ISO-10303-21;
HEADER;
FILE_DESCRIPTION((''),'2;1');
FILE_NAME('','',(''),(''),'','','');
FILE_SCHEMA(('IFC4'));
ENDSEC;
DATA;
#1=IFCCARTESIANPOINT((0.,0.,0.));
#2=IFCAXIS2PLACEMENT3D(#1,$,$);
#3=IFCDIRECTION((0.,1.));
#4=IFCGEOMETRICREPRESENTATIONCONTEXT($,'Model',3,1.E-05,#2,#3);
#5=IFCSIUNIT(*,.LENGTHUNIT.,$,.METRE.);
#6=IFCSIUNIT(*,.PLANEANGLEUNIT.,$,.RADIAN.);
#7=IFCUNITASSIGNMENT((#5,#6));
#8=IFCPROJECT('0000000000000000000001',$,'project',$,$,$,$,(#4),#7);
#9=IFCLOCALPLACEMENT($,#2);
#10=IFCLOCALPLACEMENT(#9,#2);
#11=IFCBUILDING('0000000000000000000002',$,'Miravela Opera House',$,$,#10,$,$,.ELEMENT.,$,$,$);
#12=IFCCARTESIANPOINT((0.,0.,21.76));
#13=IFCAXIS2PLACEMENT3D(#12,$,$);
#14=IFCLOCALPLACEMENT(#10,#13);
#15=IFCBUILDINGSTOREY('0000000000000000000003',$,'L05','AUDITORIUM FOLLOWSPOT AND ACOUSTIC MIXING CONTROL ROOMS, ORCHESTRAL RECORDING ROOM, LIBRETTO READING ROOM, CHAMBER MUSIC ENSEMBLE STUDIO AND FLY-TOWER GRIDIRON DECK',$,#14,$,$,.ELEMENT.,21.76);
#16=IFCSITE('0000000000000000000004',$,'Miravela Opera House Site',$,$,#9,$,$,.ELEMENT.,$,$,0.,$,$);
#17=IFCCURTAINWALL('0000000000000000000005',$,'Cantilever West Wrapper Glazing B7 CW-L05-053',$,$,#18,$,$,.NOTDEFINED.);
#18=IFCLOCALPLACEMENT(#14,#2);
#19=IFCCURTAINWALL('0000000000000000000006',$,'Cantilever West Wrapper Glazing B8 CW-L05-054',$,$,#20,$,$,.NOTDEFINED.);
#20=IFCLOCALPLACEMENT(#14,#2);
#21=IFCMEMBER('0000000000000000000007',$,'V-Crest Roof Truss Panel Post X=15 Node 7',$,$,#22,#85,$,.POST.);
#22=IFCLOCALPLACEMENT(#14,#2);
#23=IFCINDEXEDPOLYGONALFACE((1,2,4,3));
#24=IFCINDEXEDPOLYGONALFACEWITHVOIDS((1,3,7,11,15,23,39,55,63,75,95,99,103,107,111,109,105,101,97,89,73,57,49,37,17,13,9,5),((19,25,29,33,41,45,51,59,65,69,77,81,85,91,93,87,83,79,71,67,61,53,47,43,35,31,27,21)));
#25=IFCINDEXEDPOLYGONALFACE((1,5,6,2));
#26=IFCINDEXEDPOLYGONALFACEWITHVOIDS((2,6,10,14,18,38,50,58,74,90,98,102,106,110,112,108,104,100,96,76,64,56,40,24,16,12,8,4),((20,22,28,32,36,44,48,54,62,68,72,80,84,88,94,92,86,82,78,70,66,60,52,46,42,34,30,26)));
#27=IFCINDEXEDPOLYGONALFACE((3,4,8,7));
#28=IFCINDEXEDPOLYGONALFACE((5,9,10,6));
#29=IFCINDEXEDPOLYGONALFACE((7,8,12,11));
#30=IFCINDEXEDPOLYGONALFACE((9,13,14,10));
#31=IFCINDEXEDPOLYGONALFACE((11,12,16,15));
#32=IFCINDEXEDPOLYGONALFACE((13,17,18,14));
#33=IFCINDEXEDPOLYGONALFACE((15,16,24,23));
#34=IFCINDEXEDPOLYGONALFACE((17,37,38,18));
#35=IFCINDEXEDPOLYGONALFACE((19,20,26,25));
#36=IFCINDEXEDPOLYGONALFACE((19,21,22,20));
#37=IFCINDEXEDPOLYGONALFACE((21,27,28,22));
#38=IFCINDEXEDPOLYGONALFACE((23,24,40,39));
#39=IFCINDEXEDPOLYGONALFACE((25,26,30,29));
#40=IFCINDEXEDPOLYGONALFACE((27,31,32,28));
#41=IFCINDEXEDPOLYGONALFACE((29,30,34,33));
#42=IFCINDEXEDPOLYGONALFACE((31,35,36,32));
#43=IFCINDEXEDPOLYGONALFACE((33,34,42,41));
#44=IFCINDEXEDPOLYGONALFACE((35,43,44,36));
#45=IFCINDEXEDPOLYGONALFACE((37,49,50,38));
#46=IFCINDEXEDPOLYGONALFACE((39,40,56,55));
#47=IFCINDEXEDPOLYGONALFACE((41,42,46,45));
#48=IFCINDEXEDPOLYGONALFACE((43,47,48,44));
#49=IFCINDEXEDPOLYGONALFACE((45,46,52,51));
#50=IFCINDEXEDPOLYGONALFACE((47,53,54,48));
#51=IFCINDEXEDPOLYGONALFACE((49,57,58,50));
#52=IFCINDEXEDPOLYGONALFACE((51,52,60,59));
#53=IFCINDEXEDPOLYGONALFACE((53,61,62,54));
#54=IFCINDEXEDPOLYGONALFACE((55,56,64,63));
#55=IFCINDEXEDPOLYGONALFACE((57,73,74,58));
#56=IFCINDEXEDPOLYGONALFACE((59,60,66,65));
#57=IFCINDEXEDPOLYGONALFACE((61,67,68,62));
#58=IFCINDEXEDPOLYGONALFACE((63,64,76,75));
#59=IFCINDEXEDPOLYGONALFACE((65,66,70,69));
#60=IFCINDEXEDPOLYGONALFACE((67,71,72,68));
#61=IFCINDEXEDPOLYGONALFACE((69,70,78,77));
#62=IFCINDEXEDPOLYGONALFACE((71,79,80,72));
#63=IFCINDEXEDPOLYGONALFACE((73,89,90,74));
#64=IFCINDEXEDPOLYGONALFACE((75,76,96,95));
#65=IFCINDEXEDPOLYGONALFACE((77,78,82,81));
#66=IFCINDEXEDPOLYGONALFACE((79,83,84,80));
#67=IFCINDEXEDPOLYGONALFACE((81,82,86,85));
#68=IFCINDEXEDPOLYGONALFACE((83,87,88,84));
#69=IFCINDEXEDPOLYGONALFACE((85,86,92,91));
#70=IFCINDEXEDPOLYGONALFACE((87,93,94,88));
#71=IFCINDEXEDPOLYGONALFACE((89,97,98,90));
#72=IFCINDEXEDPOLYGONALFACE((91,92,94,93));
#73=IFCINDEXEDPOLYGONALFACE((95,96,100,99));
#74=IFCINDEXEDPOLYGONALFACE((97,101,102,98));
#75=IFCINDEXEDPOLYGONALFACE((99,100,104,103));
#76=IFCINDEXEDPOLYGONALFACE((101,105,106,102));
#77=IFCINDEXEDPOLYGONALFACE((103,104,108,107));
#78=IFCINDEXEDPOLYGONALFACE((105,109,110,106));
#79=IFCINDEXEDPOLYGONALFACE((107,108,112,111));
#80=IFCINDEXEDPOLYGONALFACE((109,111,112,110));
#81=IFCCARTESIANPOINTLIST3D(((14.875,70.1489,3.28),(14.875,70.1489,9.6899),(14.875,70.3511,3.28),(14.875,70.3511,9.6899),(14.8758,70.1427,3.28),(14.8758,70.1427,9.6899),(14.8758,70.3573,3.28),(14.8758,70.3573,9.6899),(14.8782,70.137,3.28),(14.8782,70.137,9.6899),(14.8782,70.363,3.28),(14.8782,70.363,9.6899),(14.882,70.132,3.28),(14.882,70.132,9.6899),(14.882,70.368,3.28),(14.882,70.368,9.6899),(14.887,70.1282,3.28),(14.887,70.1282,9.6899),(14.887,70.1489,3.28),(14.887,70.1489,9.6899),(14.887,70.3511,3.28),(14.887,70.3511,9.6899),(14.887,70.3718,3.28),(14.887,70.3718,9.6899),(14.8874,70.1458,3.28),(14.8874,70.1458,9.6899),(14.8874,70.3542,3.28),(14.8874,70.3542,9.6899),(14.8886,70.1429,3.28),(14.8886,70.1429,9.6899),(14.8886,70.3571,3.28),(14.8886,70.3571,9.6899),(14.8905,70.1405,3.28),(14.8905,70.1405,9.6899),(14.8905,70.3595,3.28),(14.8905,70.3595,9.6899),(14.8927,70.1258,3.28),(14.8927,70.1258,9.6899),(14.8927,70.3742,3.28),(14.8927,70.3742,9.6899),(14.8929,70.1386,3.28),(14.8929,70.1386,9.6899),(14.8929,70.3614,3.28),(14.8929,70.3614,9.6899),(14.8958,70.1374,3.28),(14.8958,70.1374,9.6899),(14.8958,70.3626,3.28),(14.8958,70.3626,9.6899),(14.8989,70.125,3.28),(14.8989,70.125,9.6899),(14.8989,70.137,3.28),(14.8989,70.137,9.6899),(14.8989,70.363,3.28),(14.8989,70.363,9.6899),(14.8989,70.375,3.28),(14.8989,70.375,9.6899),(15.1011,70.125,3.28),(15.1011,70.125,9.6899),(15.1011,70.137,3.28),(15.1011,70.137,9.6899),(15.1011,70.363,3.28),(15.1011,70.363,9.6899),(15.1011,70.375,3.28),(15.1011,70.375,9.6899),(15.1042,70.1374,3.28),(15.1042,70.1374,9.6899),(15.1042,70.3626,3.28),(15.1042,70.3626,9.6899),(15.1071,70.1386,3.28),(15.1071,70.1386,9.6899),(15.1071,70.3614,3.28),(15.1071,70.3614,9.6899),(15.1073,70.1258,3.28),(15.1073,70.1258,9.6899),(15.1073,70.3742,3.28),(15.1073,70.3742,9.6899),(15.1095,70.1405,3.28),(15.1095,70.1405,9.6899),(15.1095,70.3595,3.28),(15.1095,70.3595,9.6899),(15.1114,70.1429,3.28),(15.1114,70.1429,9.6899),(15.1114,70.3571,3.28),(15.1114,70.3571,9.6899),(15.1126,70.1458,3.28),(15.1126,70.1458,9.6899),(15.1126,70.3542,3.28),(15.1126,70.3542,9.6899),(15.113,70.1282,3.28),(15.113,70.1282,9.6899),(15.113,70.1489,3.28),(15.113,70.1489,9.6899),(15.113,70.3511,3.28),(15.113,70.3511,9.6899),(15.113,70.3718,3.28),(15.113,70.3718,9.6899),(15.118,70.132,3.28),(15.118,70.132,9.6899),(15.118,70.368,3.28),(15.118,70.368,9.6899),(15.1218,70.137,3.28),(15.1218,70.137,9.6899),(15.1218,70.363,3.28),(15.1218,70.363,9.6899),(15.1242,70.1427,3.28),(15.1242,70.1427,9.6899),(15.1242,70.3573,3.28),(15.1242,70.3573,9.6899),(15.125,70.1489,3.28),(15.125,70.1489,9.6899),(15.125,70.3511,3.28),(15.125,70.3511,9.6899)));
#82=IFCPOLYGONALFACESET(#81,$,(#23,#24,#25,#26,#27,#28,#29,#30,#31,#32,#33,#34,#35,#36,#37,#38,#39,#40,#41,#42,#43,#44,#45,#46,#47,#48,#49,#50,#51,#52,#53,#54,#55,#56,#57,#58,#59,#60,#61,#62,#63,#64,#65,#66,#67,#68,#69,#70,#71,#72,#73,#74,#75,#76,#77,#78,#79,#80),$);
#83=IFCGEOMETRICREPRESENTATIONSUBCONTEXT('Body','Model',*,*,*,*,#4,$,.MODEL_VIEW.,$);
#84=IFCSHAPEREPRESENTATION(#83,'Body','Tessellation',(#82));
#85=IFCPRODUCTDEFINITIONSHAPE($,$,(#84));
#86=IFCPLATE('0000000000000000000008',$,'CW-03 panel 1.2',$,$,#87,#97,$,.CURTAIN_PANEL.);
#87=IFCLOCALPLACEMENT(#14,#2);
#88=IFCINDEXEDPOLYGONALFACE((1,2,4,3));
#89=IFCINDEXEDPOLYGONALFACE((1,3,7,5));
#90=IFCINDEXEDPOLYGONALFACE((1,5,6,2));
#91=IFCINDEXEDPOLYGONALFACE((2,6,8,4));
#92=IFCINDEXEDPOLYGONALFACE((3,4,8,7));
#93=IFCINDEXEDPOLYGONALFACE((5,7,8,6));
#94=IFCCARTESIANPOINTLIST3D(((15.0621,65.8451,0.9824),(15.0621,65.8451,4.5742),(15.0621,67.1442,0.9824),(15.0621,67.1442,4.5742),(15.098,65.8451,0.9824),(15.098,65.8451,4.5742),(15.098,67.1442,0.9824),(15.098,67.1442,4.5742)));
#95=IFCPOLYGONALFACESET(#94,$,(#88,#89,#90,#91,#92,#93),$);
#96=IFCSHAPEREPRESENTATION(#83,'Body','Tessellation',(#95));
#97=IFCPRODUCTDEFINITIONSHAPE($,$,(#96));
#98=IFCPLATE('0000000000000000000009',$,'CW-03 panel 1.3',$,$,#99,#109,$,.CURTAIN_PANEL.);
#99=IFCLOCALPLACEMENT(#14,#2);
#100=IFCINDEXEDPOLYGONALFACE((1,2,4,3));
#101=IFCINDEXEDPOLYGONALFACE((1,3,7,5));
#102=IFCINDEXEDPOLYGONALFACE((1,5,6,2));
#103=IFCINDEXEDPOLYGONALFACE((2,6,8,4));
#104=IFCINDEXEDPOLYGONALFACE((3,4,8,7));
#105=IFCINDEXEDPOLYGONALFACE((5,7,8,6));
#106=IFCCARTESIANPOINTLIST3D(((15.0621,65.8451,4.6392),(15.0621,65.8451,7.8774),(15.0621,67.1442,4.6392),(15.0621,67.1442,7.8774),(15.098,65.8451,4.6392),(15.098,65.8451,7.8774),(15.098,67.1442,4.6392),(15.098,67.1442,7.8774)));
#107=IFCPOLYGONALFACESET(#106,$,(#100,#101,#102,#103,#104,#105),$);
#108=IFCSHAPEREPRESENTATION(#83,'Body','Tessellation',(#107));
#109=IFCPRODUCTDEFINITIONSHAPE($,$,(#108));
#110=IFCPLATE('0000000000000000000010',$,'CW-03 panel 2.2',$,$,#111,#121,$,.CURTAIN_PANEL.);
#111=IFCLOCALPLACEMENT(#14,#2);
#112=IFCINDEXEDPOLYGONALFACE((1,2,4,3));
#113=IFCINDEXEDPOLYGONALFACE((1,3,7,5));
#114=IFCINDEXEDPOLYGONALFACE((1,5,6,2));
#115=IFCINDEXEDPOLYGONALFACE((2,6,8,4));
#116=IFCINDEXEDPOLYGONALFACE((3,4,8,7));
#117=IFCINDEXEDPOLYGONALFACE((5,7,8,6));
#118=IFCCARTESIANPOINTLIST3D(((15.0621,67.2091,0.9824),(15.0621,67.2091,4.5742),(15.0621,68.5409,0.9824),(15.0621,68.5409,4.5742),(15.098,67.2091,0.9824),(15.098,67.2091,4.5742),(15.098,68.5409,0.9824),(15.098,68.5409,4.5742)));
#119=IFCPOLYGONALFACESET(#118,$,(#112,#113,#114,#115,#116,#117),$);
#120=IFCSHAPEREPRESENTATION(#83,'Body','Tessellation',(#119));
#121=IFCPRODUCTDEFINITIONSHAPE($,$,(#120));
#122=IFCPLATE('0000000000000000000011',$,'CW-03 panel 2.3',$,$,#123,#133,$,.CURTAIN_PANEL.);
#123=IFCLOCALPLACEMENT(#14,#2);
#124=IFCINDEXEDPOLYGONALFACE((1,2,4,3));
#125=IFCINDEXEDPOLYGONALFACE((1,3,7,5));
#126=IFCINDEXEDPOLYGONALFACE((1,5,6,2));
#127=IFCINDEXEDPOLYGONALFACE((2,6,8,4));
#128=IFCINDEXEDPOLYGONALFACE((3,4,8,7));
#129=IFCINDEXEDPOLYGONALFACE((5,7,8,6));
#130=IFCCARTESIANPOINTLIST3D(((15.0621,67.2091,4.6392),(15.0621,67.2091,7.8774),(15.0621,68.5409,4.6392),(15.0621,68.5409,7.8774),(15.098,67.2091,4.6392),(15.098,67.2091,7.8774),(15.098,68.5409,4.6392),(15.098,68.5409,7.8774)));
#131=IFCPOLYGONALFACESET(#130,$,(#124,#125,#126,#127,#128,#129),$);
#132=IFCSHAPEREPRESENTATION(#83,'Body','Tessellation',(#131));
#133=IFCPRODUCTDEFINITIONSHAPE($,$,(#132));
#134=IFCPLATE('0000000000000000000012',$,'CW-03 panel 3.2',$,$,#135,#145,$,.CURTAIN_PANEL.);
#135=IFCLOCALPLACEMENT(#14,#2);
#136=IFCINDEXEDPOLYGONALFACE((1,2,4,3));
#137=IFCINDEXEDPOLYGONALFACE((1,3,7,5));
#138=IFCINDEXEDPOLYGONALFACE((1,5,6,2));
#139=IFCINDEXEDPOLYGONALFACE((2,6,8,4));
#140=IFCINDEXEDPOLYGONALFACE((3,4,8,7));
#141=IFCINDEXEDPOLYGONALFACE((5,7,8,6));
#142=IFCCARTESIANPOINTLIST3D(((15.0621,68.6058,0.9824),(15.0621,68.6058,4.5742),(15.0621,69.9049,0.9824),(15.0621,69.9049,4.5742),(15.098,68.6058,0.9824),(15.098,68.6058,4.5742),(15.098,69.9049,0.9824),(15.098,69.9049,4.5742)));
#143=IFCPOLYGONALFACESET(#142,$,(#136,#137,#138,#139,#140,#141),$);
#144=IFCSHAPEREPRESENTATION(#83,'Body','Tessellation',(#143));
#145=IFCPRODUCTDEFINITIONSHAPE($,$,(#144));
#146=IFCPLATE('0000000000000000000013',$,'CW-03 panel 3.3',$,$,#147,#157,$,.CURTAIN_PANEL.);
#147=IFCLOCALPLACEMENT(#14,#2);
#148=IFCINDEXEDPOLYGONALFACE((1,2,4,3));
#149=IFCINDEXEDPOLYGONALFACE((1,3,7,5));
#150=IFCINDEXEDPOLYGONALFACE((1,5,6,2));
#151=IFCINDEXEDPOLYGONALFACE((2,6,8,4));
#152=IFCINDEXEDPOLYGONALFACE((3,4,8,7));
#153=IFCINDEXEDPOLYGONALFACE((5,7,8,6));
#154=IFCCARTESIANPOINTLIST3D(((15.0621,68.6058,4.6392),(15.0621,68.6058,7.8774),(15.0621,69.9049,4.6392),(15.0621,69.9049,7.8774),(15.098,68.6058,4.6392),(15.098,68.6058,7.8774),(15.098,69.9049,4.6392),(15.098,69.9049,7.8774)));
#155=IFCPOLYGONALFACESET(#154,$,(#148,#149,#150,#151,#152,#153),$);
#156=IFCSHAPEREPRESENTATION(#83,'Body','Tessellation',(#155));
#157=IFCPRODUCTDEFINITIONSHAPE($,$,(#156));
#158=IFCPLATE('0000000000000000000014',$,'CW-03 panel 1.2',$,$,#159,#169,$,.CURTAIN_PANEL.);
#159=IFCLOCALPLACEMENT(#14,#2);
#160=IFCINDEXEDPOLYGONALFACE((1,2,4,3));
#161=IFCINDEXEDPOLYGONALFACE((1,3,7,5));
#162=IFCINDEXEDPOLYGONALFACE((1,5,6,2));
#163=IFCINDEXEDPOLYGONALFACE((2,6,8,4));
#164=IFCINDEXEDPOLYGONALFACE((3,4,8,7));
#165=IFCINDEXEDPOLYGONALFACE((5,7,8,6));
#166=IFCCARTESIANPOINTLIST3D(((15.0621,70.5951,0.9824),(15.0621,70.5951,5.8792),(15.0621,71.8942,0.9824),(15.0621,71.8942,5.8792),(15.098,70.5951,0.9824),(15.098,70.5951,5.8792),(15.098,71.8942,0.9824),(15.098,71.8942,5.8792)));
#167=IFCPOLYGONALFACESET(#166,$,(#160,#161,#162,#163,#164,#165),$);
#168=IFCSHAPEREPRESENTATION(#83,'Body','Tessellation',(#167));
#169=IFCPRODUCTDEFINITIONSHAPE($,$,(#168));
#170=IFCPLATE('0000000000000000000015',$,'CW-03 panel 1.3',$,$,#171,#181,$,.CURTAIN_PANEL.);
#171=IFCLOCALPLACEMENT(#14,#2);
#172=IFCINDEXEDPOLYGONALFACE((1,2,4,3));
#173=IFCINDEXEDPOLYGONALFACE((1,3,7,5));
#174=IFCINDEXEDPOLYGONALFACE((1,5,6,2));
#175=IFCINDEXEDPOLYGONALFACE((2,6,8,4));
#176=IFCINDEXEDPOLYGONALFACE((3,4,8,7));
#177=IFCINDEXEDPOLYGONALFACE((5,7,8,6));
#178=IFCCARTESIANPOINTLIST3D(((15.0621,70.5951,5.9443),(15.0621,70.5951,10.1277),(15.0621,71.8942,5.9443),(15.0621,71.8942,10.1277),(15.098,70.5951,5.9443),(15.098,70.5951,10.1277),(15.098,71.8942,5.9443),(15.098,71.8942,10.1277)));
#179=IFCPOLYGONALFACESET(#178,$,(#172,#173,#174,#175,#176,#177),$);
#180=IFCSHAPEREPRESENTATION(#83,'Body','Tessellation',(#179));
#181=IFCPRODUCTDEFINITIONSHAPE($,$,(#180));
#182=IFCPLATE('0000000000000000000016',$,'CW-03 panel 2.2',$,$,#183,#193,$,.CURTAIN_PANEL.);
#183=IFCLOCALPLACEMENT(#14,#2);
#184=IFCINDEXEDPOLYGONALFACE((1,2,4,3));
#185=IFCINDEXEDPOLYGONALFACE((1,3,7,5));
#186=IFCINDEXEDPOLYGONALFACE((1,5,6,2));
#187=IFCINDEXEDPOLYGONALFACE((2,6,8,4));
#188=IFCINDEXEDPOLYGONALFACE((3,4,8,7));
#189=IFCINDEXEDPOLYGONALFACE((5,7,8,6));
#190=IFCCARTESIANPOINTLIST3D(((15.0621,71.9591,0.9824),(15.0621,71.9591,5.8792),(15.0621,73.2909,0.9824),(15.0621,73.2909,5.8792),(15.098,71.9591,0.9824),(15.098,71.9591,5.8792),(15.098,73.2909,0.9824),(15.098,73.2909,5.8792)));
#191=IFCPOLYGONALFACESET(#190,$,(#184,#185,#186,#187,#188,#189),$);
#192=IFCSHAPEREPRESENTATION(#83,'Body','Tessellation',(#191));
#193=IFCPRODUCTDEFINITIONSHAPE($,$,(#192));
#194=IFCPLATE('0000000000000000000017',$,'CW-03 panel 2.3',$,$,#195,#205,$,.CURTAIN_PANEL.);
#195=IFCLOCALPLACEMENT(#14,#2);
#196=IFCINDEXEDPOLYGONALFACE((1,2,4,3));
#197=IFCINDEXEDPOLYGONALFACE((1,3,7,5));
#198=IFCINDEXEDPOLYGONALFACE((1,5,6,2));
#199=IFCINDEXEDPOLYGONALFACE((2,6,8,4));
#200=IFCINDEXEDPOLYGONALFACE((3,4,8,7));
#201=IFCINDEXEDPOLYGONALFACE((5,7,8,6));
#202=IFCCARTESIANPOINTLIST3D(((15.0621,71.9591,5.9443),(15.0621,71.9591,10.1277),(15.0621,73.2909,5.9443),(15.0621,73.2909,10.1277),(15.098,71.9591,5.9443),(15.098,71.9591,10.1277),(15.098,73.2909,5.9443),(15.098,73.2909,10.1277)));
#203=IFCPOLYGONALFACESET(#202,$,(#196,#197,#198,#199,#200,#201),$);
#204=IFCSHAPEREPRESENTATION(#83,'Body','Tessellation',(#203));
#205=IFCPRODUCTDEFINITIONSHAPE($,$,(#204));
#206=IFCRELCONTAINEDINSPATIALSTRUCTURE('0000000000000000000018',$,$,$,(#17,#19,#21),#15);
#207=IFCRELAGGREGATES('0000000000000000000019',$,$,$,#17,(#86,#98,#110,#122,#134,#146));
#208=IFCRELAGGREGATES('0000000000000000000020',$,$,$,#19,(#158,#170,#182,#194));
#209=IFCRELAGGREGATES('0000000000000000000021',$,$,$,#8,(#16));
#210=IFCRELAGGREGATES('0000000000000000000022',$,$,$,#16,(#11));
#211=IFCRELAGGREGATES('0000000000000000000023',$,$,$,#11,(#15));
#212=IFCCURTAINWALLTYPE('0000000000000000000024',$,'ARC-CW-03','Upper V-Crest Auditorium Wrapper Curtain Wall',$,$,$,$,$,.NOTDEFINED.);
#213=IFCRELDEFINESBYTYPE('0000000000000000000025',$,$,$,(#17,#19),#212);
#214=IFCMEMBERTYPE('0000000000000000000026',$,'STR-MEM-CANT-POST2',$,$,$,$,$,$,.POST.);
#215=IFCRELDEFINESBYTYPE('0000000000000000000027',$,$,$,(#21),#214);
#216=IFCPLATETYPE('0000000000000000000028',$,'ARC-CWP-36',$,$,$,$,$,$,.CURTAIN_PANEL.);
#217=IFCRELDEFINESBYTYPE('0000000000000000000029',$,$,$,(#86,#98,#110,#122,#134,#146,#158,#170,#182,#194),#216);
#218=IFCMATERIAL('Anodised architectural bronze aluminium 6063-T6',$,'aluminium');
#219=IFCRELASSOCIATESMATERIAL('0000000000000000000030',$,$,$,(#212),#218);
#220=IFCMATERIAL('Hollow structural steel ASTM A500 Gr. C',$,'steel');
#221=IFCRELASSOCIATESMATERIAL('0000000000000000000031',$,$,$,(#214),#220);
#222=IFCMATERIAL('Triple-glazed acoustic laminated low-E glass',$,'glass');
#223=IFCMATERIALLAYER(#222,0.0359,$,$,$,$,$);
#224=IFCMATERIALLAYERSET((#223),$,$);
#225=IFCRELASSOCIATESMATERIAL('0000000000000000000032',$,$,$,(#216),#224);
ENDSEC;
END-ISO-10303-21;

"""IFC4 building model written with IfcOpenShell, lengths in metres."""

from ifc_helpers import new_model, si_unit, direction, frame, origin, origin_2d, place, context, subcontext, project, spatial, rectangle, hollow_rectangle, extrude, material, layer, layer_set, material_profile, profile_set, type_object, element, aggregate, save


model = new_model("IFC4")

# Units and contexts
model_context = context("Model", 3, precision=1e-05, world=origin(), true_north=direction((0.0, 1.0)))
body_context = subcontext(model_context, "Body", "Model", "MODEL_VIEW")
ifc_project = project(units=[si_unit("LENGTHUNIT", "METRE"), si_unit("PLANEANGLEUNIT", "RADIAN")], contexts=[model_context])

# Site, building, storey
site_placement = place(None, origin())
site = spatial("IfcSite", under=ifc_project, at=site_placement, Name="Miravela Opera House Site", CompositionType="ELEMENT", RefElevation=0.0)
building_placement = place(site_placement, origin())
building = spatial("IfcBuilding", under=site, at=building_placement, Name="Miravela Opera House", CompositionType="ELEMENT")
storey_placement = place(building_placement, frame((0.0, 0.0, 21.76)))
storey = spatial("IfcBuildingStorey", under=building, at=storey_placement, Name="L05", Description="AUDITORIUM FOLLOWSPOT AND ACOUSTIC MIXING CONTROL ROOMS, ORCHESTRAL RECORDING ROOM, LIBRETTO READING ROOM, CHAMBER MUSIC ENSEMBLE STUDIO AND FLY-TOWER GRIDIRON DECK", CompositionType="ELEMENT", Elevation=21.76)

# Curtain walls
ifc_material_1 = material(Name="Anodised architectural bronze aluminium 6063-T6", Category="aluminium")
curtain_wall_type = type_object("IfcCurtainWallType", Name="ARC-CW-03", Description="Upper V-Crest Auditorium Wrapper Curtain Wall", PredefinedType="NOTDEFINED", material=ifc_material_1)
curtain_wall_1_placement = place(storey_placement, origin())
curtain_wall_1 = element("IfcCurtainWall", 1, at=curtain_wall_1_placement, inside=storey, type_object=curtain_wall_type, Name="Cantilever West Wrapper Glazing B7 CW-L05-053", PredefinedType="NOTDEFINED")
curtain_wall_2_placement = place(storey_placement, origin())
curtain_wall_2 = element("IfcCurtainWall", 2, at=curtain_wall_2_placement, inside=storey, type_object=curtain_wall_type, Name="Cantilever West Wrapper Glazing B8 CW-L05-054", PredefinedType="NOTDEFINED")

# Member
ifc_material_2 = material(Name="Hollow structural steel ASTM A500 Gr. C", Category="steel")
ifc_material_profile_1 = material_profile(ifc_material_2, hollow_rectangle(XDim=0.25, YDim=0.25, WallThickness=0.012, InnerFilletRadius=0.012, OuterFilletRadius=0.0239, at=origin_2d()), Name="HSS250X250X12")
ifc_profile_set_1 = profile_set([ifc_material_profile_1])
member_type_1 = type_object("IfcMemberType", Name="STR-MEM-CANT-POST2", PredefinedType="POST", material=ifc_profile_set_1)
member_1_placement = place(storey_placement, frame((15.0, 70.25, 3.28), z_axis=(0.0, 0.0, 1.0), x_axis=(1.0, 0.0, 0.0)))
element("IfcMember", 3, at=member_1_placement, inside=storey, type_object=member_type_1, Name="V-Crest Roof Truss Panel Post X=15 Node 7", PredefinedType="POST", context=body_context, shape_type="SweptSolid", body=[
    extrude(hollow_rectangle(XDim=0.25, YDim=0.25, WallThickness=0.012, InnerFilletRadius=0.012, OuterFilletRadius=0.0239, at=origin_2d()), origin(), (0.0, 0.0, 1.0), 6.4099),
])

# Plates
ifc_material_3 = material(Name="Triple-glazed acoustic laminated low-E glass", Category="glass")
ifc_layer = layer(ifc_material_3, 0.0359)
ifc_layer_set = layer_set([ifc_layer])
plate_type = type_object("IfcPlateType", Name="ARC-CWP-36", PredefinedType="CURTAIN_PANEL", material=ifc_layer_set)
plate_1_placement = place(storey_placement, frame((15.0801, 66.4946, 0.9824), z_axis=(0.0, 0.0, 1.0), x_axis=(0.0, 1.0, 0.0)))
plate_1 = element("IfcPlate", 4, at=plate_1_placement, type_object=plate_type, Name="CW-03 panel 1.2", PredefinedType="CURTAIN_PANEL", context=body_context, shape_type="SweptSolid", body=[
    extrude(rectangle(XDim=1.2991, YDim=0.0359, at=origin_2d()), origin(), (0.0, 0.0, 1.0), 3.5918),
])
plate_2_placement = place(storey_placement, frame((15.0801, 66.4946, 4.6392), z_axis=(0.0, 0.0, 1.0), x_axis=(0.0, 1.0, 0.0)))
plate_2 = element("IfcPlate", 5, at=plate_2_placement, type_object=plate_type, Name="CW-03 panel 1.3", PredefinedType="CURTAIN_PANEL", context=body_context, shape_type="SweptSolid", body=[
    extrude(rectangle(XDim=1.2991, YDim=0.0359, at=origin_2d()), origin(), (0.0, 0.0, 1.0), 3.2383),
])
plate_3_placement = place(storey_placement, frame((15.0801, 67.875, 0.9824), z_axis=(0.0, 0.0, 1.0), x_axis=(0.0, 1.0, 0.0)))
plate_3 = element("IfcPlate", 6, at=plate_3_placement, type_object=plate_type, Name="CW-03 panel 2.2", PredefinedType="CURTAIN_PANEL", context=body_context, shape_type="SweptSolid", body=[
    extrude(rectangle(XDim=1.3318, YDim=0.0359, at=origin_2d()), origin(), (0.0, 0.0, 1.0), 3.5918),
])
plate_4_placement = place(storey_placement, frame((15.0801, 67.875, 4.6392), z_axis=(0.0, 0.0, 1.0), x_axis=(0.0, 1.0, 0.0)))
plate_4 = element("IfcPlate", 7, at=plate_4_placement, type_object=plate_type, Name="CW-03 panel 2.3", PredefinedType="CURTAIN_PANEL", context=body_context, shape_type="SweptSolid", body=[
    extrude(rectangle(XDim=1.3318, YDim=0.0359, at=origin_2d()), origin(), (0.0, 0.0, 1.0), 3.2383),
])
plate_5_placement = place(storey_placement, frame((15.0801, 69.2554, 0.9824), z_axis=(0.0, 0.0, 1.0), x_axis=(0.0, 1.0, 0.0)))
plate_5 = element("IfcPlate", 8, at=plate_5_placement, type_object=plate_type, Name="CW-03 panel 3.2", PredefinedType="CURTAIN_PANEL", context=body_context, shape_type="SweptSolid", body=[
    extrude(rectangle(XDim=1.2991, YDim=0.0359, at=origin_2d()), origin(), (0.0, 0.0, 1.0), 3.5918),
])
plate_6_placement = place(storey_placement, frame((15.0801, 69.2554, 4.6392), z_axis=(0.0, 0.0, 1.0), x_axis=(0.0, 1.0, 0.0)))
plate_6 = element("IfcPlate", 9, at=plate_6_placement, type_object=plate_type, Name="CW-03 panel 3.3", PredefinedType="CURTAIN_PANEL", context=body_context, shape_type="SweptSolid", body=[
    extrude(rectangle(XDim=1.2991, YDim=0.0359, at=origin_2d()), origin(), (0.0, 0.0, 1.0), 3.2383),
])
aggregate(curtain_wall_1, [plate_1, plate_2, plate_3, plate_4, plate_5, plate_6])
plate_7_placement = place(storey_placement, frame((15.0801, 71.2446, 0.9824), z_axis=(0.0, 0.0, 1.0), x_axis=(0.0, 1.0, 0.0)))
plate_7 = element("IfcPlate", 10, at=plate_7_placement, type_object=plate_type, Name="CW-03 panel 1.2", PredefinedType="CURTAIN_PANEL", context=body_context, shape_type="SweptSolid", body=[
    extrude(rectangle(XDim=1.2991, YDim=0.0359, at=origin_2d()), origin(), (0.0, 0.0, 1.0), 4.8967),
])
plate_8_placement = place(storey_placement, frame((15.0801, 71.2446, 5.9443), z_axis=(0.0, 0.0, 1.0), x_axis=(0.0, 1.0, 0.0)))
plate_8 = element("IfcPlate", 11, at=plate_8_placement, type_object=plate_type, Name="CW-03 panel 1.3", PredefinedType="CURTAIN_PANEL", context=body_context, shape_type="SweptSolid", body=[
    extrude(rectangle(XDim=1.2991, YDim=0.0359, at=origin_2d()), origin(), (0.0, 0.0, 1.0), 4.1833),
])
plate_9_placement = place(storey_placement, frame((15.0801, 72.625, 0.9824), z_axis=(0.0, 0.0, 1.0), x_axis=(0.0, 1.0, 0.0)))
plate_9 = element("IfcPlate", 12, at=plate_9_placement, type_object=plate_type, Name="CW-03 panel 2.2", PredefinedType="CURTAIN_PANEL", context=body_context, shape_type="SweptSolid", body=[
    extrude(rectangle(XDim=1.3318, YDim=0.0359, at=origin_2d()), origin(), (0.0, 0.0, 1.0), 4.8967),
])
plate_10_placement = place(storey_placement, frame((15.0801, 72.625, 5.9443), z_axis=(0.0, 0.0, 1.0), x_axis=(0.0, 1.0, 0.0)))
plate_10 = element("IfcPlate", 13, at=plate_10_placement, type_object=plate_type, Name="CW-03 panel 2.3", PredefinedType="CURTAIN_PANEL", context=body_context, shape_type="SweptSolid", body=[
    extrude(rectangle(XDim=1.3318, YDim=0.0359, at=origin_2d()), origin(), (0.0, 0.0, 1.0), 4.1833),
])
aggregate(curtain_wall_2, [plate_7, plate_8, plate_9, plate_10])

save(model, "model.ifc")
